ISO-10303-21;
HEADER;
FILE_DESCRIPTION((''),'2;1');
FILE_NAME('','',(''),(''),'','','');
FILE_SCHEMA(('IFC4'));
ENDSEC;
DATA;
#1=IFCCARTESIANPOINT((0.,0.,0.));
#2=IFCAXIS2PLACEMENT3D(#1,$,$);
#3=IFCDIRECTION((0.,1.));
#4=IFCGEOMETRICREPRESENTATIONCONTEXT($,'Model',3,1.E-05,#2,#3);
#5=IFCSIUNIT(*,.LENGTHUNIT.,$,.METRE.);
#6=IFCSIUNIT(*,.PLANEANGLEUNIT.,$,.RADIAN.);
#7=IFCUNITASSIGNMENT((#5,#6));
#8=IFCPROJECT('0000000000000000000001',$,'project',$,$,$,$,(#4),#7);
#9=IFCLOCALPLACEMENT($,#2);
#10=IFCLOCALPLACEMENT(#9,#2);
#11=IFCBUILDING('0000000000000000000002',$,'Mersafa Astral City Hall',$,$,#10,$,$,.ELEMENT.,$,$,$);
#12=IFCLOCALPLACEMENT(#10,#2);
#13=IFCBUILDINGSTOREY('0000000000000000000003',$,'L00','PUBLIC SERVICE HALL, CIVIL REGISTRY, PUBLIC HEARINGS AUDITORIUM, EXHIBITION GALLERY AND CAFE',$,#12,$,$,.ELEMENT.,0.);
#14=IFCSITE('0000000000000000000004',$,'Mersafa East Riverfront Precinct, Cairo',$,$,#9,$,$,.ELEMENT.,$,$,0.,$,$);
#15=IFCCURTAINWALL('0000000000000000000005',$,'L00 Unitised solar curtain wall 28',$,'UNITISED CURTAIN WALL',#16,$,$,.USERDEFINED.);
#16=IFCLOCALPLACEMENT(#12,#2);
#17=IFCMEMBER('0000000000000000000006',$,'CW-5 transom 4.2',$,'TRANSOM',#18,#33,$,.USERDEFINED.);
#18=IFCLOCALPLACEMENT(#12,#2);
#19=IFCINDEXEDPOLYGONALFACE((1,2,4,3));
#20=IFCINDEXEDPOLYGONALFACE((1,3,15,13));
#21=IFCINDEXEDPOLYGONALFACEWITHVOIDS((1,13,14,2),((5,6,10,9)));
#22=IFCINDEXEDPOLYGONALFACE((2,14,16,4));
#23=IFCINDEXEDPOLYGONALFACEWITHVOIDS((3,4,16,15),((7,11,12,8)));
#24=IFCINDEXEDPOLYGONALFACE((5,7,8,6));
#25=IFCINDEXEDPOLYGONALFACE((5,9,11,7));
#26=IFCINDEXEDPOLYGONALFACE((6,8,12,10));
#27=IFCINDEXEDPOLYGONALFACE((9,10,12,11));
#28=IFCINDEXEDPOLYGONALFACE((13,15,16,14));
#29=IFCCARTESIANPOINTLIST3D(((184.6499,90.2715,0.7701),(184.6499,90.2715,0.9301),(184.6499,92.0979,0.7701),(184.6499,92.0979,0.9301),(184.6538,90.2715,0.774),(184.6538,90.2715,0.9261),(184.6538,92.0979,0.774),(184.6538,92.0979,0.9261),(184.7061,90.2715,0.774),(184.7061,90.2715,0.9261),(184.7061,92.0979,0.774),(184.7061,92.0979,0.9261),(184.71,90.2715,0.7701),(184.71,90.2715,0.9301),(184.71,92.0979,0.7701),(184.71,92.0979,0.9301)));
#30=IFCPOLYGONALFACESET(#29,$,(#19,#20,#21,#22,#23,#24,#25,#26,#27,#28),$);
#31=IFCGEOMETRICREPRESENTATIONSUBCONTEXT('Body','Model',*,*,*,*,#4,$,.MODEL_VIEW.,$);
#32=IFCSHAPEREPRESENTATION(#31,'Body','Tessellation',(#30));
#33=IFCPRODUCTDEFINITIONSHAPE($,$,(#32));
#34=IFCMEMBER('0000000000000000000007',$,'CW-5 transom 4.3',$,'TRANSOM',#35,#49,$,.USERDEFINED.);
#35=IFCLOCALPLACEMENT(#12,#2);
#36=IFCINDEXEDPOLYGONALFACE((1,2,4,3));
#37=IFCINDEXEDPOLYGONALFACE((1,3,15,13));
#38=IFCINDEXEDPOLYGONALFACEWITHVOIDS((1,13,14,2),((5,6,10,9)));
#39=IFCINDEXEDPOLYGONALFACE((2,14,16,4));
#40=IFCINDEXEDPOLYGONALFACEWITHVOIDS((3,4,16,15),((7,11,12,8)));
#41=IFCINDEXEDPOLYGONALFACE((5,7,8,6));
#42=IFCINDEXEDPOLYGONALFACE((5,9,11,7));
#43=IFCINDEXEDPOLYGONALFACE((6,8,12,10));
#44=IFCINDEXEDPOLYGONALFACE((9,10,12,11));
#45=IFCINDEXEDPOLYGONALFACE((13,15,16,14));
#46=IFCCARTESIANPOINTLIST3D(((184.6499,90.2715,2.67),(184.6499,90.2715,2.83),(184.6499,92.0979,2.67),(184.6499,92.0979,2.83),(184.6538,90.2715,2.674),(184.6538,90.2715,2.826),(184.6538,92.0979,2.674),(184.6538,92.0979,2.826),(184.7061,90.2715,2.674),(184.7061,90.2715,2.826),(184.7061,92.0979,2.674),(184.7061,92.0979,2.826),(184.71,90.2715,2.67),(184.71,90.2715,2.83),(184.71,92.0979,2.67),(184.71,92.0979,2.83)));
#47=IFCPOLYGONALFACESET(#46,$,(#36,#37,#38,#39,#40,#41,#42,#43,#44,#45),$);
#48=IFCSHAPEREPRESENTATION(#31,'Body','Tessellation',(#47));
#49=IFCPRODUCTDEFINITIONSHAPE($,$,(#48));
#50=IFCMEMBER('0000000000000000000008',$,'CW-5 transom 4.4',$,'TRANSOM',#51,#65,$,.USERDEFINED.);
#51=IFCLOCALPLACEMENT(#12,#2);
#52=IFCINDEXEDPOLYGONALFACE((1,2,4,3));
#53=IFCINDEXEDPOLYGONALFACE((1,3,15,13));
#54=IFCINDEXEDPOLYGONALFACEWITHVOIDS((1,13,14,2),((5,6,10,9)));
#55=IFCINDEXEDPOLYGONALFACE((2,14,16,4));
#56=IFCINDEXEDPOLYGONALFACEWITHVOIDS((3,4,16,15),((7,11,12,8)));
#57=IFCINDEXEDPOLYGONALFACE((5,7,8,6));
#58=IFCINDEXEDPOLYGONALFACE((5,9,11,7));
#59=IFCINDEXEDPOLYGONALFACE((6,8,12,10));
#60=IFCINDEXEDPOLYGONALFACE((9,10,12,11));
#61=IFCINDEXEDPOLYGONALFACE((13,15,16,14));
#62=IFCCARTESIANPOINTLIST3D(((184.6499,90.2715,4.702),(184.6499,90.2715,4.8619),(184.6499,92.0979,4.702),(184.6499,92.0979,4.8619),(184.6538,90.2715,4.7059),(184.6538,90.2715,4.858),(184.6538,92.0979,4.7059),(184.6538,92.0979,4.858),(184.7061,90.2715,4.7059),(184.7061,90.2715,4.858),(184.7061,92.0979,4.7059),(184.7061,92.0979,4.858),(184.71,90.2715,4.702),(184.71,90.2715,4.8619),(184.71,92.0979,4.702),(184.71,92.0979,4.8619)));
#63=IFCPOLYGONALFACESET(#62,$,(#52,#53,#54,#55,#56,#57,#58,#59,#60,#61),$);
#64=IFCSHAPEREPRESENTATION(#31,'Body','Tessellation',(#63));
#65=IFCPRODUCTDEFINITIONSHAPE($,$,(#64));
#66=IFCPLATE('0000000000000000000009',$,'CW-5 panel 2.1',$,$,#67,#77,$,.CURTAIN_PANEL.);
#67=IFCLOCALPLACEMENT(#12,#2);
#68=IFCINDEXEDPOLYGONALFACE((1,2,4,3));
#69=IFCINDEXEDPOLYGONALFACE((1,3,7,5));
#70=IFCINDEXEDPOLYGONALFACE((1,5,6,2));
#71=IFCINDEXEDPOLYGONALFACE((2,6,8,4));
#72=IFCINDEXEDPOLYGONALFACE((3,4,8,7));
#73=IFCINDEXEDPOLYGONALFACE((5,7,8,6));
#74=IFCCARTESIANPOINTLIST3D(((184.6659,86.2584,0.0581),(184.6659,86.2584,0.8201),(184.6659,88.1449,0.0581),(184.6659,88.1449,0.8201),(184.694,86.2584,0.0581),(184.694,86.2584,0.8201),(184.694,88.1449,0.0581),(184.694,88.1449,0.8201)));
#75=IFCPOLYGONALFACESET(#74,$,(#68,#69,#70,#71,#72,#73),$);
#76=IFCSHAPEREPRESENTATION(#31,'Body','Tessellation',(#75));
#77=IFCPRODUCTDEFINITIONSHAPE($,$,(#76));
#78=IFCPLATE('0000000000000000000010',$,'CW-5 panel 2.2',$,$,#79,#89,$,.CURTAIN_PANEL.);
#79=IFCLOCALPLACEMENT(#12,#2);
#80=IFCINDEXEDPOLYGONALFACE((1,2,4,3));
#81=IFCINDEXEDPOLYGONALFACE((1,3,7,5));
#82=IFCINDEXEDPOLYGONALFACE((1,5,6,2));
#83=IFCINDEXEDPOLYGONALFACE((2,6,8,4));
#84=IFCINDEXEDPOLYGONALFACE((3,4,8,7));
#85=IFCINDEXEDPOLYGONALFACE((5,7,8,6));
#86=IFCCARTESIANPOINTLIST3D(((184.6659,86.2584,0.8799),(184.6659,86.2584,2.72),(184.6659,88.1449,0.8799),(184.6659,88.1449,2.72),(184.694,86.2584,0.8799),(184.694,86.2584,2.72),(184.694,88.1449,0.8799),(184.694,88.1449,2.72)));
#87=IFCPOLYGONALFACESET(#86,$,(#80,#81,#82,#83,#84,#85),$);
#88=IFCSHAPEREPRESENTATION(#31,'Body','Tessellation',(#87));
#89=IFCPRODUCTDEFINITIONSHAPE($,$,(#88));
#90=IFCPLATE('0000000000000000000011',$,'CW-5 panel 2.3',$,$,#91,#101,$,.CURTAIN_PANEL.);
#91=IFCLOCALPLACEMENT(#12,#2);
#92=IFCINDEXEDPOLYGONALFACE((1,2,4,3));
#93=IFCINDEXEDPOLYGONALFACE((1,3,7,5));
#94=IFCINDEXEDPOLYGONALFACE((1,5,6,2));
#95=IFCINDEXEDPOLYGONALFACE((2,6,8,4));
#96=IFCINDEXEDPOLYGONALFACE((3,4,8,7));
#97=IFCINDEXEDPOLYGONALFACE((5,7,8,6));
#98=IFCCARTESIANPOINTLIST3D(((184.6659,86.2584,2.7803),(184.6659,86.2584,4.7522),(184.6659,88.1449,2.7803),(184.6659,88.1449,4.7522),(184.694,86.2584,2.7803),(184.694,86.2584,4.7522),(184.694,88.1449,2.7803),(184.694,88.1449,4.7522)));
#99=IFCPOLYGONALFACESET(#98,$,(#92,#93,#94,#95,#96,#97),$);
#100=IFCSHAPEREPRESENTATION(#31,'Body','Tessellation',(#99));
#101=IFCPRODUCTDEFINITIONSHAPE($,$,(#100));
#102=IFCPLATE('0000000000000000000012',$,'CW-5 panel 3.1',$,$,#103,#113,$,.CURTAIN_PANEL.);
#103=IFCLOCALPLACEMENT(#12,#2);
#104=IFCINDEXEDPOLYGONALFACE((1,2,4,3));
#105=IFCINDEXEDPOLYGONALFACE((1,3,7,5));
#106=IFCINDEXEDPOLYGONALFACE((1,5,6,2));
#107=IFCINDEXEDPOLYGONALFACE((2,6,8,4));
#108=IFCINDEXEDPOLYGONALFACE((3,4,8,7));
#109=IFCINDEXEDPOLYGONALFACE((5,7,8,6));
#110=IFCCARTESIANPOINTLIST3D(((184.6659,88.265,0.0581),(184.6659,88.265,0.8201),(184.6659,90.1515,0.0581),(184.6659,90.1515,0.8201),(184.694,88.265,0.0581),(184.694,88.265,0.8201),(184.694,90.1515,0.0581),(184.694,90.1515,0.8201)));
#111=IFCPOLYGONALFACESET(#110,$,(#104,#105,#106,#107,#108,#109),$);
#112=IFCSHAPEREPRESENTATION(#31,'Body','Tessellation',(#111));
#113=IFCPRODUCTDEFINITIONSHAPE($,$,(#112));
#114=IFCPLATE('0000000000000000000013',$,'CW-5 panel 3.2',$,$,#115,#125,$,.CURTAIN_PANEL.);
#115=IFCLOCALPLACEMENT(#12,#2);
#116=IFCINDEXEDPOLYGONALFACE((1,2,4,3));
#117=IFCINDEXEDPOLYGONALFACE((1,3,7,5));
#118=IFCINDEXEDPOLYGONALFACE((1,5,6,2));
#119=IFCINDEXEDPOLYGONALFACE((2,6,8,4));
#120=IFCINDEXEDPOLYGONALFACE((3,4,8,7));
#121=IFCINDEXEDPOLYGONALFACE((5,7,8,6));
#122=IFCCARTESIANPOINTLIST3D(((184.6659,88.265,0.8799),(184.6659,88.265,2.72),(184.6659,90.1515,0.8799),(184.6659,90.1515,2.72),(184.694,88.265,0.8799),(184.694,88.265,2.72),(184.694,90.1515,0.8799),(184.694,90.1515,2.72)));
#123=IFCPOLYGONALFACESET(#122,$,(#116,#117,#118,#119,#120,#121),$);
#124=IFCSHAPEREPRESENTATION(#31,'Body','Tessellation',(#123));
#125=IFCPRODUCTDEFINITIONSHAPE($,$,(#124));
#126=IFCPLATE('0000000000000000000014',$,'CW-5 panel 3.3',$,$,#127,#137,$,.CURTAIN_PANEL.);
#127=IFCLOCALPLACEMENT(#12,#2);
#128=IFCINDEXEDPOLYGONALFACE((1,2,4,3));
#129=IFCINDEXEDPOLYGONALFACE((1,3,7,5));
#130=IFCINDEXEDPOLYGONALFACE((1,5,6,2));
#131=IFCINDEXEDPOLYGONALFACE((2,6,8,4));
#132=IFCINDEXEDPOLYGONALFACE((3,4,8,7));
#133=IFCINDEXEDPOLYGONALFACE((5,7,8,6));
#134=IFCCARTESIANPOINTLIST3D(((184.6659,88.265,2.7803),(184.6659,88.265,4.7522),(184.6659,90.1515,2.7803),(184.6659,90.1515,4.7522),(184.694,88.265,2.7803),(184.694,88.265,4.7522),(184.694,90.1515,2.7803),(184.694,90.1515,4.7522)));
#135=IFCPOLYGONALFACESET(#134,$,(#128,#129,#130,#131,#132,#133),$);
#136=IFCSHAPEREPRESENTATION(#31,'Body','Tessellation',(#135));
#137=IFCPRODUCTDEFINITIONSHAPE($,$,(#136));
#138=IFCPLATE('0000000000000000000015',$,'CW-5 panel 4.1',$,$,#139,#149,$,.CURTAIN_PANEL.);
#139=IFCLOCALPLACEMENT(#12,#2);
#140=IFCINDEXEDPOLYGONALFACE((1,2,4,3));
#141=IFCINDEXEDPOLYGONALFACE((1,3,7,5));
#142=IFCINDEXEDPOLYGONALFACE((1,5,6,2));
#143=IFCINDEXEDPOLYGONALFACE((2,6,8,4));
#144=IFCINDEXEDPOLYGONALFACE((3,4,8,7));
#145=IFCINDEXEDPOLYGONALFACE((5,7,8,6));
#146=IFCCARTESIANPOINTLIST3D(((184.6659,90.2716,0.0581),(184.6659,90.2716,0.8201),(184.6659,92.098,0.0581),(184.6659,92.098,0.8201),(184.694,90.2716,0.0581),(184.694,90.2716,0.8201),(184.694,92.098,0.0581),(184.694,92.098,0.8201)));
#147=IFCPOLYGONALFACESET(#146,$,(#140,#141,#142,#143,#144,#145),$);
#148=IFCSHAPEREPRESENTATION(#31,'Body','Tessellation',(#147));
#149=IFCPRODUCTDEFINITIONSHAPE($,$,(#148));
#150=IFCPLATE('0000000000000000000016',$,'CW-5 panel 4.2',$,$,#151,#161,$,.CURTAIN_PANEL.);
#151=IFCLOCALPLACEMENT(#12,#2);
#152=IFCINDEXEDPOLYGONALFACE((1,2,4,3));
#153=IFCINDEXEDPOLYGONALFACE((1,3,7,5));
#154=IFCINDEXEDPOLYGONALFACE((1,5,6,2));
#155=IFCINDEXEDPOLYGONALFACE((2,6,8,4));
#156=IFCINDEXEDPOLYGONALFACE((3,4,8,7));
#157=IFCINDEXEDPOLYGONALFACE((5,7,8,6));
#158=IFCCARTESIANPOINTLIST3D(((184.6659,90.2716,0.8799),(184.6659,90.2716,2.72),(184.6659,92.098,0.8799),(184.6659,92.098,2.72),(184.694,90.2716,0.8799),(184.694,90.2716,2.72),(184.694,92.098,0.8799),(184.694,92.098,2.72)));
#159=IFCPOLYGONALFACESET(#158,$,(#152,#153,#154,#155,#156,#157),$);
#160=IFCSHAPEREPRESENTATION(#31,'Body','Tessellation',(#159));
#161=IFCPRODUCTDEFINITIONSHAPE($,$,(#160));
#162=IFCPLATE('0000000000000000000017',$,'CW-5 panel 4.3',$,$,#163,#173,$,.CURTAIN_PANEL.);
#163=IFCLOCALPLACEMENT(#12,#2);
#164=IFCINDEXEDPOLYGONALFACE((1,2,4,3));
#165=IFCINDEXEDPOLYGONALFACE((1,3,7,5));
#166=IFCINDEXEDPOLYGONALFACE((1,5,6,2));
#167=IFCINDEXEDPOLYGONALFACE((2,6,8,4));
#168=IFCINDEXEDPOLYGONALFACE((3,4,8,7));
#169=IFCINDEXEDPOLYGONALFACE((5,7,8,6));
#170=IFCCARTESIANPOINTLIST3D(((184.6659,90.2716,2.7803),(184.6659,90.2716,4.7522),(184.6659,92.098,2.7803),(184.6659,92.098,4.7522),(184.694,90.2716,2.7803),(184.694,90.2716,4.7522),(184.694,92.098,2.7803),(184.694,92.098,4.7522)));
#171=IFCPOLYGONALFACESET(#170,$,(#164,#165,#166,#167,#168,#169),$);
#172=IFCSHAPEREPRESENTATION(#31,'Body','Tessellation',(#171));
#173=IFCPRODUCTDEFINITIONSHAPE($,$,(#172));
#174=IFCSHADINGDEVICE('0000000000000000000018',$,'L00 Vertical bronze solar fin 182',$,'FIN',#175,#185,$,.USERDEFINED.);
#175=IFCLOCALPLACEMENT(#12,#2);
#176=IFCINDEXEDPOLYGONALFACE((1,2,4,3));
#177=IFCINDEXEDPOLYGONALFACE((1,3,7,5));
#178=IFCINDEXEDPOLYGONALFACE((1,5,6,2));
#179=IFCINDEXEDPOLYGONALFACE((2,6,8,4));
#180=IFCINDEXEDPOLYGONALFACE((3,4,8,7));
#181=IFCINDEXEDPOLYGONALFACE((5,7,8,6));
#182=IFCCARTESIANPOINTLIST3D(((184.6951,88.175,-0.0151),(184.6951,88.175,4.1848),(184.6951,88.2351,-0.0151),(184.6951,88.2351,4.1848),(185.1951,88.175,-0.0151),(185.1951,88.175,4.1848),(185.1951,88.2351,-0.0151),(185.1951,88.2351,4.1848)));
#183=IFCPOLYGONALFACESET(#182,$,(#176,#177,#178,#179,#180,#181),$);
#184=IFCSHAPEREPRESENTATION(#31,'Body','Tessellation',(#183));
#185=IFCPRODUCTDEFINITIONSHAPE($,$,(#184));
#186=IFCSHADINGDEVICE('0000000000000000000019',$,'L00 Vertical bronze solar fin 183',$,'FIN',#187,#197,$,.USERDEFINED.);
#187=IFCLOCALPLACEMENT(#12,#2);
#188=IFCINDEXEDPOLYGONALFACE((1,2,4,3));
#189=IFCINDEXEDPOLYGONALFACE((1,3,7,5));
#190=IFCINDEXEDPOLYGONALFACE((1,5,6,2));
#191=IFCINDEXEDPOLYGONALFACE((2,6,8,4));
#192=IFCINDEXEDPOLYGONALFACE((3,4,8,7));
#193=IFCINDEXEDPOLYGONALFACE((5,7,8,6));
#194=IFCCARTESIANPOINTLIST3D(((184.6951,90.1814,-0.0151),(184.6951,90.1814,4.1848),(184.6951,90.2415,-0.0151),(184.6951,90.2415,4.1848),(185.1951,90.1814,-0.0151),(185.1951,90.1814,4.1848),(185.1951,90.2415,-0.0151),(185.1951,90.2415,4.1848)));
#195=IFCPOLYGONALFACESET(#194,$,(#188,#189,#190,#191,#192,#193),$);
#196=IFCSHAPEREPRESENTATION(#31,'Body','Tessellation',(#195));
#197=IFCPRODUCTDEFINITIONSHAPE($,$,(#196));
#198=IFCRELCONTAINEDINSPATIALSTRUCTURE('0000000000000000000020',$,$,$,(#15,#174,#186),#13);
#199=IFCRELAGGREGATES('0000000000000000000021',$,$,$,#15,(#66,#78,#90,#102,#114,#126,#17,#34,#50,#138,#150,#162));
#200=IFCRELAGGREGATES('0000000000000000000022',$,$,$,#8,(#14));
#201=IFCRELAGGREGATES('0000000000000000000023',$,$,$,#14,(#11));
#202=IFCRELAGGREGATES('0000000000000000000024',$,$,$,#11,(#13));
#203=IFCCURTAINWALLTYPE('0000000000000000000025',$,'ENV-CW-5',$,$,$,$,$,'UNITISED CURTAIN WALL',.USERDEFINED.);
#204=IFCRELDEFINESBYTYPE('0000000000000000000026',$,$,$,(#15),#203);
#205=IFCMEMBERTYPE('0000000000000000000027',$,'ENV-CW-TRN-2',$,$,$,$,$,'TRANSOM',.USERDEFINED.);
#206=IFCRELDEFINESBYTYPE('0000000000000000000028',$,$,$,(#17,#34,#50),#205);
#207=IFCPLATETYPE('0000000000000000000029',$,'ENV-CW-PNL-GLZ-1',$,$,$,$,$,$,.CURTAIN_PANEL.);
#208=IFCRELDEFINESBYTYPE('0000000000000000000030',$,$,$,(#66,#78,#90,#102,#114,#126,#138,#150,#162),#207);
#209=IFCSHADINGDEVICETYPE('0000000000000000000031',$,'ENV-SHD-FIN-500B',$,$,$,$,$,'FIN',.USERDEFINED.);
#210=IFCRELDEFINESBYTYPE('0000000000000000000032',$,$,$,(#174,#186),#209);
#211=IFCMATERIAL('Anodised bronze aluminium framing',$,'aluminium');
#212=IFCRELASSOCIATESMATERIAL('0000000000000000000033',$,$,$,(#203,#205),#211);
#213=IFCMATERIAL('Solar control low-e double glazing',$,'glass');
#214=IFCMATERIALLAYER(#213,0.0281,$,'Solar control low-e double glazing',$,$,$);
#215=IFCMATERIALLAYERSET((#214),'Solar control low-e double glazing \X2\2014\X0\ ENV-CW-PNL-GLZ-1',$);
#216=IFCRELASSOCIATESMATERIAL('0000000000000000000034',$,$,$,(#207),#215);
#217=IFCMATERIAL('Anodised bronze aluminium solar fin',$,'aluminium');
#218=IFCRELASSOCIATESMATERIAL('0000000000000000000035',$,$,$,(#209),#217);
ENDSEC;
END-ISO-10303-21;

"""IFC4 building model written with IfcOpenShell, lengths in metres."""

from ifc_helpers import new_model, si_unit, direction, frame, origin, origin_2d, place, context, subcontext, project, spatial, rectangle, hollow_rectangle, extrude, material, layer, layer_set, material_profile, profile_set, type_object, element, aggregate, save


model = new_model("IFC4")

# Units and contexts
model_context = context("Model", 3, precision=1e-05, world=origin(), true_north=direction((0.0, 1.0)))
body_context = subcontext(model_context, "Body", "Model", "MODEL_VIEW")
ifc_project = project(units=[si_unit("LENGTHUNIT", "METRE"), si_unit("PLANEANGLEUNIT", "RADIAN")], contexts=[model_context])

# Site, building, storey
site_placement = place(None, origin())
site = spatial("IfcSite", under=ifc_project, at=site_placement, Name="Mersafa East Riverfront Precinct, Cairo", CompositionType="ELEMENT", RefElevation=0.0)
building_placement = place(site_placement, origin())
building = spatial("IfcBuilding", under=site, at=building_placement, Name="Mersafa Astral City Hall", CompositionType="ELEMENT")
storey_placement = place(building_placement, origin())
storey = spatial("IfcBuildingStorey", under=building, at=storey_placement, Name="L00", Description="PUBLIC SERVICE HALL, CIVIL REGISTRY, PUBLIC HEARINGS AUDITORIUM, EXHIBITION GALLERY AND CAFE", CompositionType="ELEMENT", Elevation=0.0)

# Curtain wall, members, plates
ifc_material_1 = material(Name="Anodised bronze aluminium framing", Category="aluminium")
curtain_wall_type = type_object("IfcCurtainWallType", Name="ENV-CW-5", ElementType="UNITISED CURTAIN WALL", PredefinedType="USERDEFINED", material=ifc_material_1)
curtain_wall_placement = place(storey_placement, origin())
curtain_wall = element("IfcCurtainWall", 1, at=curtain_wall_placement, inside=storey, type_object=curtain_wall_type, Name="L00 Unitised solar curtain wall 28", ObjectType="UNITISED CURTAIN WALL", PredefinedType="USERDEFINED")
ifc_material_profile_1 = material_profile(ifc_material_1, hollow_rectangle(XDim=0.0601, YDim=0.1599, WallThickness=0.0039, at=origin_2d()), Name="RHS 60x160x4")
ifc_profile_set_1 = profile_set([ifc_material_profile_1], Name="Anodised bronze aluminium framing")
member_type_1 = type_object("IfcMemberType", Name="ENV-CW-TRN-2", ElementType="TRANSOM", PredefinedType="USERDEFINED", material=ifc_profile_set_1)
member_1_placement = place(storey_placement, frame((184.6799, 90.2715, 0.8501), z_axis=(0.0, 1.0, 0.0), x_axis=(-1.0, 0.0, 0.0)))
member_1 = element("IfcMember", 2, at=member_1_placement, type_object=member_type_1, Name="CW-5 transom 4.2", ObjectType="TRANSOM", PredefinedType="USERDEFINED", context=body_context, shape_type="SweptSolid", body=[
    extrude(hollow_rectangle(XDim=0.0601, YDim=0.1599, WallThickness=0.0039, at=origin_2d()), origin(), (0.0, 0.0, 1.0), 1.8264),
])
member_2_placement = place(storey_placement, frame((184.6799, 90.2715, 2.75), z_axis=(0.0, 1.0, 0.0), x_axis=(-1.0, 0.0, 0.0)))
member_2 = element("IfcMember", 3, at=member_2_placement, type_object=member_type_1, Name="CW-5 transom 4.3", ObjectType="TRANSOM", PredefinedType="USERDEFINED", context=body_context, shape_type="SweptSolid", body=[
    extrude(hollow_rectangle(XDim=0.0601, YDim=0.1599, WallThickness=0.0039, at=origin_2d()), origin(), (0.0, 0.0, 1.0), 1.8264),
])
member_3_placement = place(storey_placement, frame((184.6799, 90.2715, 4.782), z_axis=(0.0, 1.0, 0.0), x_axis=(-1.0, 0.0, 0.0)))
member_3 = element("IfcMember", 4, at=member_3_placement, type_object=member_type_1, Name="CW-5 transom 4.4", ObjectType="TRANSOM", PredefinedType="USERDEFINED", context=body_context, shape_type="SweptSolid", body=[
    extrude(hollow_rectangle(XDim=0.0601, YDim=0.1599, WallThickness=0.0039, at=origin_2d()), origin(), (0.0, 0.0, 1.0), 1.8264),
])
ifc_material_2 = material(Name="Solar control low-e double glazing", Category="glass")
ifc_layer = layer(ifc_material_2, 0.0281, Name="Solar control low-e double glazing")
ifc_layer_set = layer_set([ifc_layer], Name="Solar control low-e double glazing — ENV-CW-PNL-GLZ-1")
plate_type = type_object("IfcPlateType", Name="ENV-CW-PNL-GLZ-1", PredefinedType="CURTAIN_PANEL", material=ifc_layer_set)
plate_1_placement = place(storey_placement, frame((184.6799, 87.2017, 0.0581), z_axis=(0.0, 0.0, 1.0), x_axis=(0.0, 1.0, 0.0)))
plate_1 = element("IfcPlate", 5, at=plate_1_placement, type_object=plate_type, Name="CW-5 panel 2.1", PredefinedType="CURTAIN_PANEL", context=body_context, shape_type="SweptSolid", body=[
    extrude(rectangle(XDim=1.8865, YDim=0.0281, at=origin_2d()), origin(), (0.0, 0.0, 1.0), 0.762),
])
plate_2_placement = place(storey_placement, frame((184.6799, 87.2017, 0.8799), z_axis=(0.0, 0.0, 1.0), x_axis=(0.0, 1.0, 0.0)))
plate_2 = element("IfcPlate", 6, at=plate_2_placement, type_object=plate_type, Name="CW-5 panel 2.2", PredefinedType="CURTAIN_PANEL", context=body_context, shape_type="SweptSolid", body=[
    extrude(rectangle(XDim=1.8865, YDim=0.0281, at=origin_2d()), origin(), (0.0, 0.0, 1.0), 1.8401),
])
plate_3_placement = place(storey_placement, frame((184.6799, 87.2017, 2.7803), z_axis=(0.0, 0.0, 1.0), x_axis=(0.0, 1.0, 0.0)))
plate_3 = element("IfcPlate", 7, at=plate_3_placement, type_object=plate_type, Name="CW-5 panel 2.3", PredefinedType="CURTAIN_PANEL", context=body_context, shape_type="SweptSolid", body=[
    extrude(rectangle(XDim=1.8865, YDim=0.0281, at=origin_2d()), origin(), (0.0, 0.0, 1.0), 1.9719),
])
plate_4_placement = place(storey_placement, frame((184.6799, 89.2083, 0.0581), z_axis=(0.0, 0.0, 1.0), x_axis=(0.0, 1.0, 0.0)))
plate_4 = element("IfcPlate", 8, at=plate_4_placement, type_object=plate_type, Name="CW-5 panel 3.1", PredefinedType="CURTAIN_PANEL", context=body_context, shape_type="SweptSolid", body=[
    extrude(rectangle(XDim=1.8865, YDim=0.0281, at=origin_2d()), origin(), (0.0, 0.0, 1.0), 0.762),
])
plate_5_placement = place(storey_placement, frame((184.6799, 89.2083, 0.8799), z_axis=(0.0, 0.0, 1.0), x_axis=(0.0, 1.0, 0.0)))
plate_5 = element("IfcPlate", 9, at=plate_5_placement, type_object=plate_type, Name="CW-5 panel 3.2", PredefinedType="CURTAIN_PANEL", context=body_context, shape_type="SweptSolid", body=[
    extrude(rectangle(XDim=1.8865, YDim=0.0281, at=origin_2d()), origin(), (0.0, 0.0, 1.0), 1.8401),
])
plate_6_placement = place(storey_placement, frame((184.6799, 89.2083, 2.7803), z_axis=(0.0, 0.0, 1.0), x_axis=(0.0, 1.0, 0.0)))
plate_6 = element("IfcPlate", 10, at=plate_6_placement, type_object=plate_type, Name="CW-5 panel 3.3", PredefinedType="CURTAIN_PANEL", context=body_context, shape_type="SweptSolid", body=[
    extrude(rectangle(XDim=1.8865, YDim=0.0281, at=origin_2d()), origin(), (0.0, 0.0, 1.0), 1.9719),
])
plate_7_placement = place(storey_placement, frame((184.6799, 91.1848, 0.0581), z_axis=(0.0, 0.0, 1.0), x_axis=(0.0, 1.0, 0.0)))
plate_7 = element("IfcPlate", 11, at=plate_7_placement, type_object=plate_type, Name="CW-5 panel 4.1", PredefinedType="CURTAIN_PANEL", context=body_context, shape_type="SweptSolid", body=[
    extrude(rectangle(XDim=1.8264, YDim=0.0281, at=origin_2d()), origin(), (0.0, 0.0, 1.0), 0.762),
])
plate_8_placement = place(storey_placement, frame((184.6799, 91.1848, 0.8799), z_axis=(0.0, 0.0, 1.0), x_axis=(0.0, 1.0, 0.0)))
plate_8 = element("IfcPlate", 12, at=plate_8_placement, type_object=plate_type, Name="CW-5 panel 4.2", PredefinedType="CURTAIN_PANEL", context=body_context, shape_type="SweptSolid", body=[
    extrude(rectangle(XDim=1.8264, YDim=0.0281, at=origin_2d()), origin(), (0.0, 0.0, 1.0), 1.8401),
])
plate_9_placement = place(storey_placement, frame((184.6799, 91.1848, 2.7803), z_axis=(0.0, 0.0, 1.0), x_axis=(0.0, 1.0, 0.0)))
plate_9 = element("IfcPlate", 13, at=plate_9_placement, type_object=plate_type, Name="CW-5 panel 4.3", PredefinedType="CURTAIN_PANEL", context=body_context, shape_type="SweptSolid", body=[
    extrude(rectangle(XDim=1.8264, YDim=0.0281, at=origin_2d()), origin(), (0.0, 0.0, 1.0), 1.9719),
])
aggregate(curtain_wall, [plate_1, plate_2, plate_3, plate_4, plate_5, plate_6, member_1, member_2, member_3, plate_7, plate_8, plate_9])

# Shading devices
ifc_material_3 = material(Name="Anodised bronze aluminium solar fin", Category="aluminium")
shading_device_type = type_object("IfcShadingDeviceType", Name="ENV-SHD-FIN-500B", ElementType="FIN", PredefinedType="USERDEFINED", material=ifc_material_3)
for number, where, z_axis, x_axis, name in (
    (14, (184.9451, 88.2051, -0.0151), (0.0, 0.0, 1.0), (0.0, 1.0, 0.0), "L00 Vertical bronze solar fin 182"),
    (15, (184.9451, 90.2114, -0.0151), (0.0, 0.0, 1.0), (0.0, 1.0, 0.0), "L00 Vertical bronze solar fin 183"),
):
    element("IfcShadingDevice", number, at=place(storey_placement, frame(where, z_axis=z_axis, x_axis=x_axis)), inside=storey, type_object=shading_device_type, Name=name, ObjectType="FIN", PredefinedType="USERDEFINED", context=body_context, shape_type="SweptSolid", body=[
        extrude(rectangle(XDim=0.0601, YDim=0.5, at=origin_2d()), origin(), (0.0, 0.0, 1.0), 4.2),
    ])

save(model, "model.ifc")
